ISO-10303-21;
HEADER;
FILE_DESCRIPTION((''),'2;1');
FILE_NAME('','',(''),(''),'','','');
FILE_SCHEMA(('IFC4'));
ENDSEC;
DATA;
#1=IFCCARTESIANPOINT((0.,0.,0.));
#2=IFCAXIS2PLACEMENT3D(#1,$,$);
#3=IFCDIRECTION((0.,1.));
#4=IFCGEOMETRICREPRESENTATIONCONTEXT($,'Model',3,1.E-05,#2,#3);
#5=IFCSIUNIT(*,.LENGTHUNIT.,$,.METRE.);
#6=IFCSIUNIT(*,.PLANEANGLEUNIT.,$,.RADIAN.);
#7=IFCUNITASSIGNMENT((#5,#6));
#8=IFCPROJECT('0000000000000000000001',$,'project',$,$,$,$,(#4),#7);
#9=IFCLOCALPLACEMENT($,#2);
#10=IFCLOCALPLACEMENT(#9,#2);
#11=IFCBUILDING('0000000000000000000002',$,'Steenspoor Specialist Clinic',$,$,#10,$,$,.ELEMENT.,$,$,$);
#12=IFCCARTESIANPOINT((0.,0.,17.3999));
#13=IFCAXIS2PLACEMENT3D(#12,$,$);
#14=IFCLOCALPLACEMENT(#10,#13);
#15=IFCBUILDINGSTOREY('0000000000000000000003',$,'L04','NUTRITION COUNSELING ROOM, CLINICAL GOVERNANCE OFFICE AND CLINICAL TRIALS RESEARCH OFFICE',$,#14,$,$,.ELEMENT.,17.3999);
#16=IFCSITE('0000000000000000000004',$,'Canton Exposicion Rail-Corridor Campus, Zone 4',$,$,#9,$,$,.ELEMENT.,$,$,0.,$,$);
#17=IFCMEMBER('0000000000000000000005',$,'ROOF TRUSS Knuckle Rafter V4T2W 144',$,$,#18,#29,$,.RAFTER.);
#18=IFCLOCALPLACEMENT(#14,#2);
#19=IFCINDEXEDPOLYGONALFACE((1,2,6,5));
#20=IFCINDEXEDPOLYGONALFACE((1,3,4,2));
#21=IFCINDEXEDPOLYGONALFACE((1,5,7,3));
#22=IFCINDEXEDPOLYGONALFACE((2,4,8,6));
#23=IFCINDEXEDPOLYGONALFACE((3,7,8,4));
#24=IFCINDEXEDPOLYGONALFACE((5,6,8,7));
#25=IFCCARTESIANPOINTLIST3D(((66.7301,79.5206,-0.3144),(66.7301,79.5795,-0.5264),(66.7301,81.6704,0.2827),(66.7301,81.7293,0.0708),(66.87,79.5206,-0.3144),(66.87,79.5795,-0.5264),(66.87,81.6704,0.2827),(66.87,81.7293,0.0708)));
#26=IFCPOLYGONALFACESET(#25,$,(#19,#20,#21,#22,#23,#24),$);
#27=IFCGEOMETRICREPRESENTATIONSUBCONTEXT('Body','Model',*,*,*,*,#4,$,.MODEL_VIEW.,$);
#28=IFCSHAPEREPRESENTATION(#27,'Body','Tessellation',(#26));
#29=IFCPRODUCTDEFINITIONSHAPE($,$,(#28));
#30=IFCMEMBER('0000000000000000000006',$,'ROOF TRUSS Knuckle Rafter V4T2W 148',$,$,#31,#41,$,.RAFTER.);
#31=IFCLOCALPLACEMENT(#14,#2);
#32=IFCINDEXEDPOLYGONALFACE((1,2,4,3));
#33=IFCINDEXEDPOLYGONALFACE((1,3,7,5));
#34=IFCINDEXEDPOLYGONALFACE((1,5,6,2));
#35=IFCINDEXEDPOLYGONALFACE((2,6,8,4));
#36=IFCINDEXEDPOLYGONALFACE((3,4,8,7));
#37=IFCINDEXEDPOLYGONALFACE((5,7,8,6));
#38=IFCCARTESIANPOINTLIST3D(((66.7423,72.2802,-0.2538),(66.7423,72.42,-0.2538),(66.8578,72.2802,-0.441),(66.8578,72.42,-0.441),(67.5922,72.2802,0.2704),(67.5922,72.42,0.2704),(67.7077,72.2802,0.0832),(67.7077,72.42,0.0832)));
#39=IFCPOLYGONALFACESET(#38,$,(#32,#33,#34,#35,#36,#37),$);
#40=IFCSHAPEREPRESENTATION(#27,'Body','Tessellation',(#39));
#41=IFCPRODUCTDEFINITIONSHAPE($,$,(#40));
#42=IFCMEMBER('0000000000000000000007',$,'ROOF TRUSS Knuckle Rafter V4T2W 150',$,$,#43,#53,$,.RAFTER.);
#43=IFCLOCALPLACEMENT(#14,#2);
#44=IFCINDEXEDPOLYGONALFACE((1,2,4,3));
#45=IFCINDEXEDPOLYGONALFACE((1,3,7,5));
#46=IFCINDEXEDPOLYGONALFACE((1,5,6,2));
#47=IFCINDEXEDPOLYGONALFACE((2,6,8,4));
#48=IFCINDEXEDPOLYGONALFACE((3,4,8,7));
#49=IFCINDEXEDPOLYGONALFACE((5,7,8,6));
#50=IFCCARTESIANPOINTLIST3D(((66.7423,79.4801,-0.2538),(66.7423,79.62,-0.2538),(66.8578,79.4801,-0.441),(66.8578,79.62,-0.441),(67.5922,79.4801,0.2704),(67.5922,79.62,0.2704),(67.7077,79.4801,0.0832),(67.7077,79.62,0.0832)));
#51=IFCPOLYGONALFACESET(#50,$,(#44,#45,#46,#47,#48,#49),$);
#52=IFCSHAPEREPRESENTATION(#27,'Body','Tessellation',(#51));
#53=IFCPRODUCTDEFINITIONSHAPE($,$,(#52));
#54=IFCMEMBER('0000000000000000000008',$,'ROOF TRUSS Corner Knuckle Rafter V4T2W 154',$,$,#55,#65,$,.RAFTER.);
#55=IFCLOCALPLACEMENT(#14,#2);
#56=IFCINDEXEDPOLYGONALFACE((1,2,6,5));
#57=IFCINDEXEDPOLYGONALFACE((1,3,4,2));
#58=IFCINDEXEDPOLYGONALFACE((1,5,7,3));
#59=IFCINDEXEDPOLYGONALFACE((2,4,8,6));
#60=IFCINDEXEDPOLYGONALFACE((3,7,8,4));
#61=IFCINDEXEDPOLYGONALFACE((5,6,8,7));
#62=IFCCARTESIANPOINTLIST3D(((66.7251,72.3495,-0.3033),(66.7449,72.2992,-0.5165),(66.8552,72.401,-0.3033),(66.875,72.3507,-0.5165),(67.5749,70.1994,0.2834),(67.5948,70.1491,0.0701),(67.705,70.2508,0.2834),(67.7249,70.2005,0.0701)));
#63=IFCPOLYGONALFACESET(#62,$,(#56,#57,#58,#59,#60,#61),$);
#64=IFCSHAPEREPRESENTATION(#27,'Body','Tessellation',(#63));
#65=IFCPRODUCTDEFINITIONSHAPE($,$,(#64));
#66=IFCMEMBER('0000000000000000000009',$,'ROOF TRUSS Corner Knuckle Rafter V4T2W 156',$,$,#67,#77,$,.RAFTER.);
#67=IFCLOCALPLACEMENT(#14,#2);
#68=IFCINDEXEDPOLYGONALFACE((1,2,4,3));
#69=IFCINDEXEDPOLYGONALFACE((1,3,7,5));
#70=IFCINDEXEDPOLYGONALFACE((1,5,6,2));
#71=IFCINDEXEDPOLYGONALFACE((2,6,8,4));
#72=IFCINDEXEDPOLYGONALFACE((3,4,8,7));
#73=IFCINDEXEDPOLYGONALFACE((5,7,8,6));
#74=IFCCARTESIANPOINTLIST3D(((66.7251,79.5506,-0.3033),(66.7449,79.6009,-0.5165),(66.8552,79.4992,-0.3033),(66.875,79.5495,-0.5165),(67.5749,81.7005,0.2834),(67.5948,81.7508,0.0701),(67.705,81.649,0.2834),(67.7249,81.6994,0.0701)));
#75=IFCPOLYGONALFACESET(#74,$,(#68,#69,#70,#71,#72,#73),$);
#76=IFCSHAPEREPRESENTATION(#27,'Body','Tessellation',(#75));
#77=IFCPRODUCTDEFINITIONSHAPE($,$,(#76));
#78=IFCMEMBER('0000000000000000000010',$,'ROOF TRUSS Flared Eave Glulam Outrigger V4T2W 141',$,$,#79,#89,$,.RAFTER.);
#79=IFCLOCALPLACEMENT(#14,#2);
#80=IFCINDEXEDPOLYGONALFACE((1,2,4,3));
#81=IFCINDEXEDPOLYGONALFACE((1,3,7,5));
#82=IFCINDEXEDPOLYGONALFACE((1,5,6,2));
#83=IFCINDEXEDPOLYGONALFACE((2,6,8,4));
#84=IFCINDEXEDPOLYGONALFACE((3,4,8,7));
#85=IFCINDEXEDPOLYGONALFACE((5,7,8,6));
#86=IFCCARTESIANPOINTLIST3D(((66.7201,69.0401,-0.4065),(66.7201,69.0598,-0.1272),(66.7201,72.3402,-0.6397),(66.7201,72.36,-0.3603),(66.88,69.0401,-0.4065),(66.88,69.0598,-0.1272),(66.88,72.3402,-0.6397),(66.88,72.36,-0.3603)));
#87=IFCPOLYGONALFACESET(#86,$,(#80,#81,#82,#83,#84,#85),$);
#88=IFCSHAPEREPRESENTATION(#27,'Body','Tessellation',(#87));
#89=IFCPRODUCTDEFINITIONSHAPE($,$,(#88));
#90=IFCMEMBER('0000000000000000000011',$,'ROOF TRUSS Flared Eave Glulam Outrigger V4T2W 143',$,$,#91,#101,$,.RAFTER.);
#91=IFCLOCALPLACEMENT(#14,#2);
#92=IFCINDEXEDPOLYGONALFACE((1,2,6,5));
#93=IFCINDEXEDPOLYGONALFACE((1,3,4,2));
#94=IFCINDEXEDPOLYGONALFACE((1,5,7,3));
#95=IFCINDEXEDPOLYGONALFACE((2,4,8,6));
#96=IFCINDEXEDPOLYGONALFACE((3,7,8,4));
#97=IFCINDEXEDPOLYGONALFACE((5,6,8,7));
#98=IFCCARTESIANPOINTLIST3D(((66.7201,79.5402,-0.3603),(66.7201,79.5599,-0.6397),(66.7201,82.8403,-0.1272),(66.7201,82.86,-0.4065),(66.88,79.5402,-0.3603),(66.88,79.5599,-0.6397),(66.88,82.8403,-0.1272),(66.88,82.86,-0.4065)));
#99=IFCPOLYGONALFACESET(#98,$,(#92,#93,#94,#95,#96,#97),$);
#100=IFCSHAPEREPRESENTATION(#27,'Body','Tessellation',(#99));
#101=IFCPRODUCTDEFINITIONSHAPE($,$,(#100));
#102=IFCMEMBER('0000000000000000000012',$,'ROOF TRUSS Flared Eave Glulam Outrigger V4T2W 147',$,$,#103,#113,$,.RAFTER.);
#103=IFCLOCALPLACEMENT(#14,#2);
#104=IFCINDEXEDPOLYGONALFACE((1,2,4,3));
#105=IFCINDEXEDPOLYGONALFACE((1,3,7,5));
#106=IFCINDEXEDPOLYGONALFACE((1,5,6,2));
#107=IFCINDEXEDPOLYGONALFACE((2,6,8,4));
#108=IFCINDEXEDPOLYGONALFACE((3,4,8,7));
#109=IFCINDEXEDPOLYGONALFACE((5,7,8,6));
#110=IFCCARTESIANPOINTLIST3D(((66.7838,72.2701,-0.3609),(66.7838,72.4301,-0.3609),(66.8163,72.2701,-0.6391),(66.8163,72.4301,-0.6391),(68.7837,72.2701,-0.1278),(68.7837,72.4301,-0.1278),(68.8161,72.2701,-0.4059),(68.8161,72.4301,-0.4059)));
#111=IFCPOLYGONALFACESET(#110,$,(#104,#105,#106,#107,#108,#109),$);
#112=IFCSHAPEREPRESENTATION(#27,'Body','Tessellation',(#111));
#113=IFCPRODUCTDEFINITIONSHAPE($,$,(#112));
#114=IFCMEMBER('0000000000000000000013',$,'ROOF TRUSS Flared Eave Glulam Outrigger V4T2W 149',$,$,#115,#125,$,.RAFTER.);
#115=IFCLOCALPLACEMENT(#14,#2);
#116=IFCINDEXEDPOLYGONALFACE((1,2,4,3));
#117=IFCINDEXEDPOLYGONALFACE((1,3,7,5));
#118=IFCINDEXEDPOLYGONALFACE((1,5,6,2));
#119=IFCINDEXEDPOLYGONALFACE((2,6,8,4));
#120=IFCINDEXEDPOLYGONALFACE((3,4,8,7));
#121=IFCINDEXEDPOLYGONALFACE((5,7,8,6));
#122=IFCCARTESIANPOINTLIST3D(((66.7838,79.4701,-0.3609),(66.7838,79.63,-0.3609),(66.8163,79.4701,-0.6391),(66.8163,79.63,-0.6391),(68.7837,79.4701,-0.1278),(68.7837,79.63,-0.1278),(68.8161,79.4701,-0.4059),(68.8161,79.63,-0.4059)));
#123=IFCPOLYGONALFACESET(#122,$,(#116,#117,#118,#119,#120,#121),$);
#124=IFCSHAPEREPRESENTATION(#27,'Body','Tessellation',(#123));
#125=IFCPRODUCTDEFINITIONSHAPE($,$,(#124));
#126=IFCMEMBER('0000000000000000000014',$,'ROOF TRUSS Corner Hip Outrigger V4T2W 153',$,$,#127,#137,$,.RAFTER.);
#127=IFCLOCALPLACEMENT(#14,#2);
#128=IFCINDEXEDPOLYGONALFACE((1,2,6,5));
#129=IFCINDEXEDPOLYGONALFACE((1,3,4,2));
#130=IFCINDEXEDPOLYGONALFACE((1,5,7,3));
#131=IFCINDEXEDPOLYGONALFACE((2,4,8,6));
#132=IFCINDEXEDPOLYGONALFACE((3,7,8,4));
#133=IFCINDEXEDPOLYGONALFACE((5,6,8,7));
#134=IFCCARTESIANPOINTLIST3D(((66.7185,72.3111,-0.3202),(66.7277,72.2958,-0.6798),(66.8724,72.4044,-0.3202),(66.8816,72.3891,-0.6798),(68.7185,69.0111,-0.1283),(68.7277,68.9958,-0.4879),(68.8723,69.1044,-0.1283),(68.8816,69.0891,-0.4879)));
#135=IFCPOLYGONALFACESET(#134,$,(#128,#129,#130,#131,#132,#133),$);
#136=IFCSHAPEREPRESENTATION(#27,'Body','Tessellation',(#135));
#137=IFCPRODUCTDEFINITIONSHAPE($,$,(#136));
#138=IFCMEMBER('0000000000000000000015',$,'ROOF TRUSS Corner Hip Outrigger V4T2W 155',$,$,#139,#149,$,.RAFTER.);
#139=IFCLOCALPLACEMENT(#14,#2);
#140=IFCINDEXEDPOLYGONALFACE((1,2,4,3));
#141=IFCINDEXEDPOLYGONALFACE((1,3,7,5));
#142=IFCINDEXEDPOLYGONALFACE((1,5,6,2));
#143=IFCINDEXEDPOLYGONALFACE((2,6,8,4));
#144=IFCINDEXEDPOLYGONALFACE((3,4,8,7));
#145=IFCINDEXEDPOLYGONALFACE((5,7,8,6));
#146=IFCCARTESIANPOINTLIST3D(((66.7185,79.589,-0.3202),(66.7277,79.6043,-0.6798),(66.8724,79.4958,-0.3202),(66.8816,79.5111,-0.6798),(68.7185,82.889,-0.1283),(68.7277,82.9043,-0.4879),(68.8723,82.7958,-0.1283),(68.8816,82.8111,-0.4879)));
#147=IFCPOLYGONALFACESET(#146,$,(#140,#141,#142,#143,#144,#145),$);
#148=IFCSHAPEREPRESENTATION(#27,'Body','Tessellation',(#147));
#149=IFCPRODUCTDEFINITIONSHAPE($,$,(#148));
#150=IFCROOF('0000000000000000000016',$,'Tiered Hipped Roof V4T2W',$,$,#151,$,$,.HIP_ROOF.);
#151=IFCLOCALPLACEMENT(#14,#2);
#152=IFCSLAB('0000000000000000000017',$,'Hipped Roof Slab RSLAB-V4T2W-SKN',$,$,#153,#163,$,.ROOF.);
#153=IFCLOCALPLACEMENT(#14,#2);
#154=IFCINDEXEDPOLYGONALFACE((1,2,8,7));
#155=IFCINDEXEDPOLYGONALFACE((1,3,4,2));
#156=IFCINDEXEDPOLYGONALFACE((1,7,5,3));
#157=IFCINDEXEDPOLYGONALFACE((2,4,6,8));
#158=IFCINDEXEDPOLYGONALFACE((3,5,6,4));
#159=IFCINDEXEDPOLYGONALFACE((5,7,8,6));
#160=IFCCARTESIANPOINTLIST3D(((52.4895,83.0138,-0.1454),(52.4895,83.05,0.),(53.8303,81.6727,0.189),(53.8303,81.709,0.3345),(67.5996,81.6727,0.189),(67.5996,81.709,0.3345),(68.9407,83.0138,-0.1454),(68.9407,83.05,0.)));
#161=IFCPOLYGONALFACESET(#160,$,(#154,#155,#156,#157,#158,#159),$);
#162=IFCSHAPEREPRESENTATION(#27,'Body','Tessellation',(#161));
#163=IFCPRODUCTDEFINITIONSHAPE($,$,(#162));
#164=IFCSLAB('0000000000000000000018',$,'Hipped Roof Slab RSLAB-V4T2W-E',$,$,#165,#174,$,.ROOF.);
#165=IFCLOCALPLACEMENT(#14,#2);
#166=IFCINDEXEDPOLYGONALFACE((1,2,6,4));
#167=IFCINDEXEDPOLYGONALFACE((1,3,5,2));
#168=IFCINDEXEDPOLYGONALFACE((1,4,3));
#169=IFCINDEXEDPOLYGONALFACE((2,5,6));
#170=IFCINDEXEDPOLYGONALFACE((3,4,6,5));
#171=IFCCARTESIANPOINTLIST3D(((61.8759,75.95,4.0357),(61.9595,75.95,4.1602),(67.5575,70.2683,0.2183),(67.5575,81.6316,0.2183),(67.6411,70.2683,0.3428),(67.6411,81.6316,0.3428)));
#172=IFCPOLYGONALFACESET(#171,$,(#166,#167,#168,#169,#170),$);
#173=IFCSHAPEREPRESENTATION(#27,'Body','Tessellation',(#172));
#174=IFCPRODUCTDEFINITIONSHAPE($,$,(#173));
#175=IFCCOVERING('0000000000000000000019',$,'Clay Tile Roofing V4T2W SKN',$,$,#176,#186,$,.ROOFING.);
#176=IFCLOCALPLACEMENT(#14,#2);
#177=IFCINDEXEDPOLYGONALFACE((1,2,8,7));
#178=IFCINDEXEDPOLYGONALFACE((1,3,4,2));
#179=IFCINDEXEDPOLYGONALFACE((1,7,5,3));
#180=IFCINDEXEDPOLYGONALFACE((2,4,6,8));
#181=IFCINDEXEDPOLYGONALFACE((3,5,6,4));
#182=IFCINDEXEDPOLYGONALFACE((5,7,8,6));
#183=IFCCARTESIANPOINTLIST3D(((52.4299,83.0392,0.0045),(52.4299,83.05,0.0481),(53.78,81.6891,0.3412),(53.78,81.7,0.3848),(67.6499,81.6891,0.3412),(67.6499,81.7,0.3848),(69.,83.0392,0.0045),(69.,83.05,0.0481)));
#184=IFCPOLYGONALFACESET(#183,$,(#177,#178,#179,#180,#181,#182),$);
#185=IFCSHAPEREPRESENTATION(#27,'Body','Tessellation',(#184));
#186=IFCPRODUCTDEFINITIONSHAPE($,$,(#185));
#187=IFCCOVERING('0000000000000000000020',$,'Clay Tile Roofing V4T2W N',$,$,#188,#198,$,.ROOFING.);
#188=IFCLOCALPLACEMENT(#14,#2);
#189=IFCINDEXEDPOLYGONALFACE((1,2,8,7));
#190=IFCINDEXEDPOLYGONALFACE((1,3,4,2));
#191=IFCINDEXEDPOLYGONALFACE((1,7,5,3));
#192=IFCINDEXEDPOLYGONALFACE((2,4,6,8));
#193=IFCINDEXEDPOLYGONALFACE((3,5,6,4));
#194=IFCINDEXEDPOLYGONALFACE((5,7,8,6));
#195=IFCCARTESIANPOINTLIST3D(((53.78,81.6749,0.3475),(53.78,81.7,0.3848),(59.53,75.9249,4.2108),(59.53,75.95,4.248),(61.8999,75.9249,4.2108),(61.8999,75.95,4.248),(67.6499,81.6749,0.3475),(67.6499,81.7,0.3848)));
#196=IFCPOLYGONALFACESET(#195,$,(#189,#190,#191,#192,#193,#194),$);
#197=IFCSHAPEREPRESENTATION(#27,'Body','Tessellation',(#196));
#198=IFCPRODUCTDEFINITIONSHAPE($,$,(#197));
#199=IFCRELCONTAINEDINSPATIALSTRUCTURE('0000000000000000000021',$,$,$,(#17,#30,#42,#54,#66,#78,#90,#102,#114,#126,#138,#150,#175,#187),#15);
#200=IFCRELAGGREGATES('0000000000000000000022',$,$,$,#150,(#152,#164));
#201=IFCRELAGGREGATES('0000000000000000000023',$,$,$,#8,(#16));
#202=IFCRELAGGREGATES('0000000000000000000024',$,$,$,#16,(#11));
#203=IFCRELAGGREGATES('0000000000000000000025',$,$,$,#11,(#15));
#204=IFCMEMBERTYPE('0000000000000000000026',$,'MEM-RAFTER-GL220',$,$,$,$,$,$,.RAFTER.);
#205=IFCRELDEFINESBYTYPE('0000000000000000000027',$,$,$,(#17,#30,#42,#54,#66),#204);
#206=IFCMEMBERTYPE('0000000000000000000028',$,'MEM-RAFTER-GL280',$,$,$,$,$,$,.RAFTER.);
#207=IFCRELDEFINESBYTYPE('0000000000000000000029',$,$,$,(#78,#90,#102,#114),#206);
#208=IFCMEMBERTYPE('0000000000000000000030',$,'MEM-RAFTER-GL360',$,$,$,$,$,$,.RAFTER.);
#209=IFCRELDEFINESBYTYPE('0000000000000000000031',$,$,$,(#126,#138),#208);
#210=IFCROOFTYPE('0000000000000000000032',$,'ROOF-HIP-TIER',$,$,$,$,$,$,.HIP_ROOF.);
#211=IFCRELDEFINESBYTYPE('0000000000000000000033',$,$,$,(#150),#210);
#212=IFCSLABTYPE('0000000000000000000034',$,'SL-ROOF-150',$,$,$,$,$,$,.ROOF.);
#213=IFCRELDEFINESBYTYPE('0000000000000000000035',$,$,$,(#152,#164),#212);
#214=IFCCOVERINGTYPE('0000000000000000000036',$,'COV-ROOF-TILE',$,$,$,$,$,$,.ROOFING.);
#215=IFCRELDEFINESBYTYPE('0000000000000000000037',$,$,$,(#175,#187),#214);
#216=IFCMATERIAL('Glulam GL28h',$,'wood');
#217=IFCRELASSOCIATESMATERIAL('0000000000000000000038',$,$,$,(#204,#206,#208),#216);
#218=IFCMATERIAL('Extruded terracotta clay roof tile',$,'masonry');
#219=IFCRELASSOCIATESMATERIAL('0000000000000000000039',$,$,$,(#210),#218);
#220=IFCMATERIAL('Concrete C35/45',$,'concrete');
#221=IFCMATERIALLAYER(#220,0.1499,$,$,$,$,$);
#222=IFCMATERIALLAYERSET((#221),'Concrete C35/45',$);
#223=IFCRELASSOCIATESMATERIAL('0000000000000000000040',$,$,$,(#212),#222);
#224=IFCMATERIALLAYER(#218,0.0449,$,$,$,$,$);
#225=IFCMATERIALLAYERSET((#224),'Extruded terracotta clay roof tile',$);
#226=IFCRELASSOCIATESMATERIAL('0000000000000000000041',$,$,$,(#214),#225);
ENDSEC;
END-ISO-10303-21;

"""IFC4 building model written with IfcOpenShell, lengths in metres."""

from ifc_helpers import new_model, si_unit, direction, frame, origin, origin_2d, place, context, subcontext, project, spatial, polyline, rectangle, outline, extrude, material, layer, layer_set, material_profile, profile_set, type_object, element, aggregate, save


model = new_model("IFC4")

# Units and contexts
model_context = context("Model", 3, precision=1e-05, world=origin(), true_north=direction((0.0, 1.0)))
body_context = subcontext(model_context, "Body", "Model", "MODEL_VIEW")
ifc_project = project(units=[si_unit("LENGTHUNIT", "METRE"), si_unit("PLANEANGLEUNIT", "RADIAN")], contexts=[model_context])

# Site, building, storey
site_placement = place(None, origin())
site = spatial("IfcSite", under=ifc_project, at=site_placement, Name="Canton Exposicion Rail-Corridor Campus, Zone 4", CompositionType="ELEMENT", RefElevation=0.0)
building_placement = place(site_placement, origin())
building = spatial("IfcBuilding", under=site, at=building_placement, Name="Steenspoor Specialist Clinic", CompositionType="ELEMENT")
storey_placement = place(building_placement, frame((0.0, 0.0, 17.3999)))
storey = spatial("IfcBuildingStorey", under=building, at=storey_placement, Name="L04", Description="NUTRITION COUNSELING ROOM, CLINICAL GOVERNANCE OFFICE AND CLINICAL TRIALS RESEARCH OFFICE", CompositionType="ELEMENT", Elevation=17.3999)

# Shared definitions
ifc_material_1 = material(Name="Glulam GL28h", Category="wood")

# Members
ifc_material_profile_1 = material_profile(ifc_material_1, rectangle(XDim=0.1399, YDim=0.22, at=origin_2d()), Name="GL28H-140X220")
ifc_profile_set_1 = profile_set([ifc_material_profile_1], Name="Glulam GL28h")
member_type_1 = type_object("IfcMemberType", Name="MEM-RAFTER-GL220", PredefinedType="RAFTER", material=ifc_profile_set_1)
member_1_placement = place(storey_placement, frame((66.8, 79.55, -0.4204), z_axis=(0.0, 0.963521, 0.267633), x_axis=(-1.0, 0.0, 0.0)))
element("IfcMember", 1, at=member_1_placement, inside=storey, type_object=member_type_1, Name="ROOF TRUSS Knuckle Rafter V4T2W 144", PredefinedType="RAFTER", context=body_context, shape_type="SweptSolid", body=[
    extrude(rectangle(XDim=0.1399, YDim=0.22, at=origin_2d()), origin(), (0.0, 0.0, 1.0), 2.2312),
])
for number, where, z_axis, x_axis, name in (
    (2, (66.8, 72.3501, -0.3474), (0.851129, 0.0, 0.524957), (0.0, 1.0, 0.0), "ROOF TRUSS Knuckle Rafter V4T2W 148"),
    (3, (66.8, 79.55, -0.3474), (0.851129, 0.0, 0.524957), (0.0, 1.0, 0.0), "ROOF TRUSS Knuckle Rafter V4T2W 150"),
):
    element("IfcMember", number, at=place(storey_placement, frame(where, z_axis=z_axis, x_axis=x_axis)), inside=storey, type_object=member_type_1, Name=name, PredefinedType="RAFTER", context=body_context, shape_type="SweptSolid", body=[
        extrude(rectangle(XDim=0.1399, YDim=0.22, at=origin_2d()), origin(), (0.0, 0.0, 1.0), 0.9985),
    ])
member_2_placement = place(storey_placement, frame((66.8, 72.3501, -0.4099), z_axis=(0.356291, -0.901423, 0.245954), x_axis=(0.929991, 0.367582, 0.0)))
element("IfcMember", 4, at=member_2_placement, inside=storey, type_object=member_type_1, Name="ROOF TRUSS Corner Knuckle Rafter V4T2W 154", PredefinedType="RAFTER", context=body_context, shape_type="SweptSolid", body=[
    extrude(rectangle(XDim=0.1399, YDim=0.22, at=origin_2d()), origin(), (0.0, 0.0, 1.0), 2.3853),
])
member_3_placement = place(storey_placement, frame((66.8, 79.55, -0.4099), z_axis=(0.356324, 0.901404, 0.245977), x_axis=(-0.929977, 0.367619, 0.0)))
element("IfcMember", 5, at=member_3_placement, inside=storey, type_object=member_type_1, Name="ROOF TRUSS Corner Knuckle Rafter V4T2W 156", PredefinedType="RAFTER", context=body_context, shape_type="SweptSolid", body=[
    extrude(rectangle(XDim=0.1399, YDim=0.22, at=origin_2d()), origin(), (0.0, 0.0, 1.0), 2.385),
])
ifc_material_profile_2 = material_profile(ifc_material_1, rectangle(XDim=0.1599, YDim=0.28, at=origin_2d()), Name="GL28H-160X280")
ifc_profile_set_2 = profile_set([ifc_material_profile_2], Name="Glulam GL28h")
member_type_2 = type_object("IfcMemberType", Name="MEM-RAFTER-GL280", PredefinedType="RAFTER", material=ifc_profile_set_2)
for number, where, z_axis, x_axis, name in (
    (6, (66.8, 72.3501, -0.5), (0.0, -0.997513, 0.070476), (1.0, 0.0, 0.0), "ROOF TRUSS Flared Eave Glulam Outrigger V4T2W 141"),
    (7, (66.8, 79.55, -0.5), (0.0, 0.997513, 0.070476), (-1.0, 0.0, 0.0), "ROOF TRUSS Flared Eave Glulam Outrigger V4T2W 143"),
):
    element("IfcMember", number, at=place(storey_placement, frame(where, z_axis=z_axis, x_axis=x_axis)), inside=storey, type_object=member_type_2, Name=name, PredefinedType="RAFTER", context=body_context, shape_type="SweptSolid", body=[
        extrude(rectangle(XDim=0.1599, YDim=0.28, at=origin_2d()), origin(), (0.0, 0.0, 1.0), 3.3083),
    ])
for number, where, z_axis, x_axis, name in (
    (8, (66.8, 72.3501, -0.5), (0.993273, 0.0, 0.115793), (0.0, 1.0, 0.0), "ROOF TRUSS Flared Eave Glulam Outrigger V4T2W 147"),
    (9, (66.8, 79.55, -0.5), (0.993273, 0.0, 0.115793), (0.0, 1.0, 0.0), "ROOF TRUSS Flared Eave Glulam Outrigger V4T2W 149"),
):
    element("IfcMember", number, at=place(storey_placement, frame(where, z_axis=z_axis, x_axis=x_axis)), inside=storey, type_object=member_type_2, Name=name, PredefinedType="RAFTER", context=body_context, shape_type="SweptSolid", body=[
        extrude(rectangle(XDim=0.1599, YDim=0.28, at=origin_2d()), origin(), (0.0, 0.0, 1.0), 2.0134),
    ])
ifc_material_profile_3 = material_profile(ifc_material_1, rectangle(XDim=0.1799, YDim=0.3601, at=origin_2d()), Name="GL28H-180X360")
ifc_profile_set_3 = profile_set([ifc_material_profile_3], Name="Glulam GL28h")
member_type_3 = type_object("IfcMemberType", Name="MEM-RAFTER-GL360", PredefinedType="RAFTER", material=ifc_profile_set_3)
for number, where, z_axis, x_axis, name in (
    (10, (66.8, 72.3501, -0.5), (0.517656, -0.854146, 0.049668), (0.855201, 0.518296, 0.0), "ROOF TRUSS Corner Hip Outrigger V4T2W 153"),
    (11, (66.8, 79.55, -0.5), (0.517656, 0.854146, 0.049668), (-0.855201, 0.518296, 0.0), "ROOF TRUSS Corner Hip Outrigger V4T2W 155"),
):
    element("IfcMember", number, at=place(storey_placement, frame(where, z_axis=z_axis, x_axis=x_axis)), inside=storey, type_object=member_type_3, Name=name, PredefinedType="RAFTER", context=body_context, shape_type="SweptSolid", body=[
        extrude(rectangle(XDim=0.1799, YDim=0.3601, at=origin_2d()), origin(), (0.0, 0.0, 1.0), 3.8635),
    ])

# Roof, slabs
ifc_material_2 = material(Name="Extruded terracotta clay roof tile", Category="masonry")
roof_type = type_object("IfcRoofType", Name="ROOF-HIP-TIER", PredefinedType="HIP_ROOF", material=ifc_material_2)
roof_placement = place(storey_placement, origin())
roof = element("IfcRoof", 12, at=roof_placement, inside=storey, type_object=roof_type, Name="Tiered Hipped Roof V4T2W", PredefinedType="HIP_ROOF")
ifc_material_3 = material(Name="Concrete C35/45", Category="concrete")
ifc_layer_1 = layer(ifc_material_3, 0.1499)
ifc_layer_set_1 = layer_set([ifc_layer_1], Name="Concrete C35/45")
slab_type = type_object("IfcSlabType", Name="SL-ROOF-150", PredefinedType="ROOF", material=ifc_layer_set_1)
slab_1_placement = place(storey_placement, frame((67.5996, 81.709, 0.3345), z_axis=(0.0, 0.241995, 0.970277), x_axis=(0.696361, 0.696361, -0.173678)))
slab_1 = element("IfcSlab", 13, at=slab_1_placement, type_object=slab_type, Name="Hipped Roof Slab RSLAB-V4T2W-SKN", PredefinedType="ROOF", context=body_context, shape_type="SweptSolid", body=[
    extrude(outline(polyline([(0.0, 0.0), (1.9258, 0.0), (-9.5301, 11.8069), (-9.5884, 9.8821), (0.0, 0.0)])), origin(), (0.0, 0.0, -1.0), 0.1499),
])
slab_2_placement = place(storey_placement, frame((61.9595, 75.95, 4.1602), z_axis=(0.557693, 0.0, 0.830048), x_axis=(0.638691, -0.638691, -0.429124)))
slab_2 = element("IfcSlab", 14, at=slab_2_placement, type_object=slab_type, Name="Hipped Roof Slab RSLAB-V4T2W-E", PredefinedType="ROOF", context=body_context, shape_type="SweptSolid", body=[
    extrude(outline(polyline([(0.0, 0.0), (8.8958, 0.0), (1.6381, 8.7436), (0.0, 0.0)])), origin(), (0.0, 0.0, -1.0), 0.1499),
])
aggregate(roof, [slab_1, slab_2])

# Coverings
ifc_layer_2 = layer(ifc_material_2, 0.0449)
ifc_layer_set_2 = layer_set([ifc_layer_2], Name="Extruded terracotta clay roof tile")
covering_type = type_object("IfcCoveringType", Name="COV-ROOF-TILE", PredefinedType="ROOFING", material=ifc_layer_set_2)
covering_1_placement = place(storey_placement, frame((69.0, 83.05, 0.0481), z_axis=(0.0, 0.241958, 0.970287), x_axis=(-1.0, 0.0, 0.0)))
element("IfcCovering", 15, at=covering_1_placement, inside=storey, type_object=covering_type, Name="Clay Tile Roofing V4T2W SKN", PredefinedType="ROOFING", context=body_context, shape_type="SweptSolid", body=[
    extrude(outline(polyline([(0.0, 0.0), (16.5701, 0.0), (15.22, 1.3914), (1.3501, 1.3914), (0.0, 0.0)])), origin(), (0.0, 0.0, -1.0), 0.0449),
])
covering_2_placement = place(storey_placement, frame((67.6499, 81.7, 0.3848), z_axis=(0.0, 0.55769, 0.83005), x_axis=(-1.0, 0.0, 0.0)))
element("IfcCovering", 16, at=covering_2_placement, inside=storey, type_object=covering_type, Name="Clay Tile Roofing V4T2W N", PredefinedType="ROOFING", context=body_context, shape_type="SweptSolid", body=[
    extrude(outline(polyline([(0.0, 0.0), (13.8699, 0.0), (8.1199, 6.9273), (5.75, 6.9273), (0.0, 0.0)])), origin(), (0.0, 0.0, -1.0), 0.0449),
])

save(model, "model.ifc")
